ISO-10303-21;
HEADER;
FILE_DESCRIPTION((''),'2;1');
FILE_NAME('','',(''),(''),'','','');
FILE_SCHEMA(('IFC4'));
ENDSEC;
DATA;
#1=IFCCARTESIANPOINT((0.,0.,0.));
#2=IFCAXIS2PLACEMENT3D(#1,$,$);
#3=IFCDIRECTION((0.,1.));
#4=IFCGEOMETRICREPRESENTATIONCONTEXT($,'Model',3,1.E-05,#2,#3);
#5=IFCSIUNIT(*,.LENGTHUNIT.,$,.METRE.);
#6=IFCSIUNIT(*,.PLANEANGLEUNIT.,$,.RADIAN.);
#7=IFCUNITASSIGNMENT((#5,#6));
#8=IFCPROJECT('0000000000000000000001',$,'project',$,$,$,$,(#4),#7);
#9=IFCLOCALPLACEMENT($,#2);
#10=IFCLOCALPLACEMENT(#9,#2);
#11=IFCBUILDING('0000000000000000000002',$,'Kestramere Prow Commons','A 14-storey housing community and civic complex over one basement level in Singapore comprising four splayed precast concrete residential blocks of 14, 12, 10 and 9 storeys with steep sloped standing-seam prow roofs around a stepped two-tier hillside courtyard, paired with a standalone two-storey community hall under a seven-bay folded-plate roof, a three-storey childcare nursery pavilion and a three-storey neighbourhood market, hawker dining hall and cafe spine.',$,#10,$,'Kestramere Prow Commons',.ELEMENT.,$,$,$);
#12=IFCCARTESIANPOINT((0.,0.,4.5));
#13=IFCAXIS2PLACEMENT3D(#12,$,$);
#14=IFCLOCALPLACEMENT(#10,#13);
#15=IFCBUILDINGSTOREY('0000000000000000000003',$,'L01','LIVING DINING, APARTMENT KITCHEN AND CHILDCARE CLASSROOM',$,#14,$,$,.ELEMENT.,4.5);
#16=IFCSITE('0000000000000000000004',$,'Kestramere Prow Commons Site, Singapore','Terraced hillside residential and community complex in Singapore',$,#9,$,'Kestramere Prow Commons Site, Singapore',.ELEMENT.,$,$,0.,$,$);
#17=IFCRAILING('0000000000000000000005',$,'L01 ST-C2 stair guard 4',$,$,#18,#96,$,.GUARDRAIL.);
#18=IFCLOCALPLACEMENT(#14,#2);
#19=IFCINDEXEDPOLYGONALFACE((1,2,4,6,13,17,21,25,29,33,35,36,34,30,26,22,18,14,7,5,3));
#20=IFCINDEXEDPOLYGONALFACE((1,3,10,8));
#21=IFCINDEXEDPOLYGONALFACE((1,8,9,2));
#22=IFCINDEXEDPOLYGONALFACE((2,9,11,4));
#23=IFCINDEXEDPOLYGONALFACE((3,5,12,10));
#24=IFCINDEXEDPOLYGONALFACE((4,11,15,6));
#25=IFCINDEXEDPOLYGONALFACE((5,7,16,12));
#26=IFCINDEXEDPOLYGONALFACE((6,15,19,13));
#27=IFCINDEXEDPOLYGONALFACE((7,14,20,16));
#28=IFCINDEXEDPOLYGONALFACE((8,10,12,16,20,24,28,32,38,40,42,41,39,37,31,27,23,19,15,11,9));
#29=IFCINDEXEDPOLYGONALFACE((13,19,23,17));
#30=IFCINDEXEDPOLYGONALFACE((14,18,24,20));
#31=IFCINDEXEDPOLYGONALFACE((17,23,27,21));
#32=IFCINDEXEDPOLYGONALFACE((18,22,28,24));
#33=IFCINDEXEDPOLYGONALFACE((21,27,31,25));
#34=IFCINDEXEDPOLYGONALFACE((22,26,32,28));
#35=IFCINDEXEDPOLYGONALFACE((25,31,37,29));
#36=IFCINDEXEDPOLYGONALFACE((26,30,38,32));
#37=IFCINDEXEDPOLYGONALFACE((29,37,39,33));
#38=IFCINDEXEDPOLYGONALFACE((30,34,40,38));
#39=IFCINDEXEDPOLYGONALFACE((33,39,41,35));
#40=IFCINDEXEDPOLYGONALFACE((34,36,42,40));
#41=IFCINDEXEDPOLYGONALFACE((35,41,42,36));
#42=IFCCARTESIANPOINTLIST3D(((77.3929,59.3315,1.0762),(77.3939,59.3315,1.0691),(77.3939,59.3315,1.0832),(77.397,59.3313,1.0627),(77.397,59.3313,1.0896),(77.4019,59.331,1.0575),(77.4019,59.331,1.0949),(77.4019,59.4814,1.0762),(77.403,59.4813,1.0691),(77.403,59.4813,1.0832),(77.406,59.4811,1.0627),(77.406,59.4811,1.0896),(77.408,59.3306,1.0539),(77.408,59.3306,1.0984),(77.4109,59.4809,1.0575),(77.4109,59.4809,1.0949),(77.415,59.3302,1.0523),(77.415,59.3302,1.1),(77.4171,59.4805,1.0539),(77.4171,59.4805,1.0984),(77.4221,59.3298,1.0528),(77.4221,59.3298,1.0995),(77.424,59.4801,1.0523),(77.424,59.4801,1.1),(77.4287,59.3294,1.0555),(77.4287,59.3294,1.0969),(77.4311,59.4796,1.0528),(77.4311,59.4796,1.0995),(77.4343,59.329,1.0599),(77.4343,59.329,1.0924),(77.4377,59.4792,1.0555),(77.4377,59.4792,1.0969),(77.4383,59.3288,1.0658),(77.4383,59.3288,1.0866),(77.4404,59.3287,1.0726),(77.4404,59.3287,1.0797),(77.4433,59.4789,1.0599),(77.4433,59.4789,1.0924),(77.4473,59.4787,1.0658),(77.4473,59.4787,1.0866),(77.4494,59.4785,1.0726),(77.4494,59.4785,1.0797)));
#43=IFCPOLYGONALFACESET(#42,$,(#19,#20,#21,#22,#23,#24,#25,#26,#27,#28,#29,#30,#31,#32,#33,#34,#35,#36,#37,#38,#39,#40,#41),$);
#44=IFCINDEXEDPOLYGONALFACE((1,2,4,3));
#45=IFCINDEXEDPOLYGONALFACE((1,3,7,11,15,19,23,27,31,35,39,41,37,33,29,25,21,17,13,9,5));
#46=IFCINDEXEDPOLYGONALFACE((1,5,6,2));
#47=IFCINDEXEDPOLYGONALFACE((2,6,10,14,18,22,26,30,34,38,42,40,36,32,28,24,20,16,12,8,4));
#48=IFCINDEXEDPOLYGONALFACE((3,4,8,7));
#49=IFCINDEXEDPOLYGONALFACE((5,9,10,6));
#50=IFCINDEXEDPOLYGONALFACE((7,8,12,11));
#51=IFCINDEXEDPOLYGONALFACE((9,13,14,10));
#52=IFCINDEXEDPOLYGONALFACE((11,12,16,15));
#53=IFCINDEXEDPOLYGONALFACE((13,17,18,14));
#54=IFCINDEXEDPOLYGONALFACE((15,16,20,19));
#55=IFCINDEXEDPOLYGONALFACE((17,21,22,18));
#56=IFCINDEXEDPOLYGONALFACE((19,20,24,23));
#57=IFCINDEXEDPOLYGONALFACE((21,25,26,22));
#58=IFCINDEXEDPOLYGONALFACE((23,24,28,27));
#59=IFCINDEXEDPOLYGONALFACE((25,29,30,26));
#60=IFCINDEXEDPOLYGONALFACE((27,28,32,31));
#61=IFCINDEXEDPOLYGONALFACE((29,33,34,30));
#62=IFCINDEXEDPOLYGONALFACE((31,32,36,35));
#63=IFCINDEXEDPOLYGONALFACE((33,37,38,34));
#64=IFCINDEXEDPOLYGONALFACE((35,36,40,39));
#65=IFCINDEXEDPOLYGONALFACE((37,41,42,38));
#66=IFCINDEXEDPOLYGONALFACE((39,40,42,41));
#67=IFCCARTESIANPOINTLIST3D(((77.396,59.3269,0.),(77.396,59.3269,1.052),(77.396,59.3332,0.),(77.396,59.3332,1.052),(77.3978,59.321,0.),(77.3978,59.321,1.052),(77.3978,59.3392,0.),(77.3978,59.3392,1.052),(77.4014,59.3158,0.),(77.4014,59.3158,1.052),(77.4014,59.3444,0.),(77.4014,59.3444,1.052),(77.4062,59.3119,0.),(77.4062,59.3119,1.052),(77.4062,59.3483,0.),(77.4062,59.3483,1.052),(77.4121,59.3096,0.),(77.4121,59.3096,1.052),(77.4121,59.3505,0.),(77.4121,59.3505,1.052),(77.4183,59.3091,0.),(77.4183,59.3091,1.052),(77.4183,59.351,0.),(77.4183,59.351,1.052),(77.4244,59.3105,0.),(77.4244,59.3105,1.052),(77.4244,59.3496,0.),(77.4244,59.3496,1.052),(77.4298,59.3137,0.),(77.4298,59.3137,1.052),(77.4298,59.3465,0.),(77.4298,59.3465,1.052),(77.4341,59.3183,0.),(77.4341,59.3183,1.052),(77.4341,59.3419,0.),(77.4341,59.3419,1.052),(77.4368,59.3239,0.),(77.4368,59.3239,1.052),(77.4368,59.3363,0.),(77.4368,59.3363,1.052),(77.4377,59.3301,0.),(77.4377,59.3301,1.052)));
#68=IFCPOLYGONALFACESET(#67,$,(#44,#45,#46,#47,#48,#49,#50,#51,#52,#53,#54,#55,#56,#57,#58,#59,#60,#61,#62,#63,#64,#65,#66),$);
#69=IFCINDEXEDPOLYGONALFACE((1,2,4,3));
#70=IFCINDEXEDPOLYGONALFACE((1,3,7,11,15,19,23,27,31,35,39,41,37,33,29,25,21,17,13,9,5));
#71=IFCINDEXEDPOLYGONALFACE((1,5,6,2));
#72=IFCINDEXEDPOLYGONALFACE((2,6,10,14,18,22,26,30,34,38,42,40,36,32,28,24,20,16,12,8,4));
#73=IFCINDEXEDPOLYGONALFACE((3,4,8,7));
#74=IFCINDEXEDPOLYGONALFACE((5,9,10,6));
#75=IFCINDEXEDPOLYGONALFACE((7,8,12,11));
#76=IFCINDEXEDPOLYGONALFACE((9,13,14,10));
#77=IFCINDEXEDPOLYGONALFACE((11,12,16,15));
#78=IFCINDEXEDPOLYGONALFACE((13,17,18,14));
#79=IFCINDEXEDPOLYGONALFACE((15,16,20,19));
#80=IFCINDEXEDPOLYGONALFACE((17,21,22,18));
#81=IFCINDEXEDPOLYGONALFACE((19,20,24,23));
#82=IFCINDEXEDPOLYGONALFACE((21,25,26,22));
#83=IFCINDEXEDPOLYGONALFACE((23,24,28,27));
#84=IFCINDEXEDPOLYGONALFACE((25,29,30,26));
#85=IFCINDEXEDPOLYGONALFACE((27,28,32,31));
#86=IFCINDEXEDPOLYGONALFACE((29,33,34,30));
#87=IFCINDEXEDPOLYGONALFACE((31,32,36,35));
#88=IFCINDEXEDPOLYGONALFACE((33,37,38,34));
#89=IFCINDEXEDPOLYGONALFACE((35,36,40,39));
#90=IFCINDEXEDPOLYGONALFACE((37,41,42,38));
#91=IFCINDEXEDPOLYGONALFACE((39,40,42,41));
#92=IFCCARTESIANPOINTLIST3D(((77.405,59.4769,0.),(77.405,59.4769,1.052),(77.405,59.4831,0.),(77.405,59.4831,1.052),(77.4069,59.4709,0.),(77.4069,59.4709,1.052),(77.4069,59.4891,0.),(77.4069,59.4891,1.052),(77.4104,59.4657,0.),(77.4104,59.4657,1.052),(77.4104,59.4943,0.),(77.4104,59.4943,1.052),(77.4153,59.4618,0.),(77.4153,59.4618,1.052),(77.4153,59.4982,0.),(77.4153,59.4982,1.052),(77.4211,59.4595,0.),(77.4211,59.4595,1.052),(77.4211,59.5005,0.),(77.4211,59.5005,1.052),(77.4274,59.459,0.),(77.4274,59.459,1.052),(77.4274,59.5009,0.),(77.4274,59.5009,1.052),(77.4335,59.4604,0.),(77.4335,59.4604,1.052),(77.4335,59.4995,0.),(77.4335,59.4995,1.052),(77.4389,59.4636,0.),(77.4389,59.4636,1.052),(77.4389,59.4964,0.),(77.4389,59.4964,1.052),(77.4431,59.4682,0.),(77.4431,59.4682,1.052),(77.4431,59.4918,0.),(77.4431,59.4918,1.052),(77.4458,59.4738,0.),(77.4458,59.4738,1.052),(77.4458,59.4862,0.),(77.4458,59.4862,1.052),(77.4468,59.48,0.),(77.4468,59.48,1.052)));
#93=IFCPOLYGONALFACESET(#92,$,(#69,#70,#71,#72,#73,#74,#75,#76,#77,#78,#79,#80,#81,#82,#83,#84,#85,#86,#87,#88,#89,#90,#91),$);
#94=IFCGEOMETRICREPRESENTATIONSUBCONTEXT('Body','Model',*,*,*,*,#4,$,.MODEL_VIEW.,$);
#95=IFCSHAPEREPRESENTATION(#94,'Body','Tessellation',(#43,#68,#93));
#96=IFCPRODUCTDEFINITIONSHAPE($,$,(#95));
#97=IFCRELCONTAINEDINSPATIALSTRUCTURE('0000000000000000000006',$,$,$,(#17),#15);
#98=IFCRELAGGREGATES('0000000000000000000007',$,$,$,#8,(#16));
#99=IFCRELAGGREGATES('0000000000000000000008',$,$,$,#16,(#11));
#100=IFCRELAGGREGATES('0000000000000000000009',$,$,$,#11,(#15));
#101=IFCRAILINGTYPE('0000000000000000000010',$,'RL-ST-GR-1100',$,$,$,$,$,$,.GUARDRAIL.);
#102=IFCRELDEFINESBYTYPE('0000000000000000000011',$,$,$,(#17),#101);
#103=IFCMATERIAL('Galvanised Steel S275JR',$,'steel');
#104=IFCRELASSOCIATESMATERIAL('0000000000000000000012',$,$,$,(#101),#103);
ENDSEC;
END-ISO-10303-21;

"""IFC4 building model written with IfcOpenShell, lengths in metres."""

from ifc_helpers import new_model, si_unit, direction, frame, origin, origin_2d, place, context, subcontext, project, spatial, circle, extrude, material, type_object, element, save


model = new_model("IFC4")

# Units and contexts
model_context = context("Model", 3, precision=1e-05, world=origin(), true_north=direction((0.0, 1.0)))
body_context = subcontext(model_context, "Body", "Model", "MODEL_VIEW")
ifc_project = project(units=[si_unit("LENGTHUNIT", "METRE"), si_unit("PLANEANGLEUNIT", "RADIAN")], contexts=[model_context])

# Site, building, storey
site_placement = place(None, origin())
site = spatial("IfcSite", under=ifc_project, at=site_placement, Name="Kestramere Prow Commons Site, Singapore", Description="Terraced hillside residential and community complex in Singapore", LongName="Kestramere Prow Commons Site, Singapore", CompositionType="ELEMENT", RefElevation=0.0)
building_placement = place(site_placement, origin())
building = spatial("IfcBuilding", under=site, at=building_placement, Name="Kestramere Prow Commons", Description="A 14-storey housing community and civic complex over one basement level in Singapore comprising four splayed precast concrete residential blocks of 14, 12, 10 and 9 storeys with steep sloped standing-seam prow roofs around a stepped two-tier hillside courtyard, paired with a standalone two-storey community hall under a seven-bay folded-plate roof, a three-storey childcare nursery pavilion and a three-storey neighbourhood market, hawker dining hall and cafe spine.", LongName="Kestramere Prow Commons", CompositionType="ELEMENT")
storey_placement = place(building_placement, frame((0.0, 0.0, 4.5)))
storey = spatial("IfcBuildingStorey", under=building, at=storey_placement, Name="L01", Description="LIVING DINING, APARTMENT KITCHEN AND CHILDCARE CLASSROOM", CompositionType="ELEMENT", Elevation=4.5)

# Railing
ifc_material_1 = material(Name="Galvanised Steel S275JR", Category="steel")
railing_type_1 = type_object("IfcRailingType", Name="RL-ST-GR-1100", PredefinedType="GUARDRAIL", material=ifc_material_1)
railing_1_placement = place(storey_placement, frame((77.4167, 59.3301, 0.0)))
element("IfcRailing", 1, at=railing_1_placement, inside=storey, type_object=railing_type_1, Name="L01 ST-C2 stair guard 4", PredefinedType="GUARDRAIL", context=body_context, shape_type="SweptSolid", body=[
    extrude(circle(Radius=0.0239, at=origin_2d()), frame((0.0, 0.0, 1.0762), z_axis=(0.060151, 0.998189, 0.0), x_axis=(-0.998189, 0.060151, 0.0)), (0.0, 0.0, 1.0), 0.1501),
    extrude(circle(Radius=0.021, at=origin_2d()), origin(), (0.0, 0.0, 1.0), 1.052),
    extrude(circle(Radius=0.021, at=origin_2d()), frame((0.009, 0.1499, 0.0)), (0.0, 0.0, 1.0), 1.052),
])

save(model, "model.ifc")
